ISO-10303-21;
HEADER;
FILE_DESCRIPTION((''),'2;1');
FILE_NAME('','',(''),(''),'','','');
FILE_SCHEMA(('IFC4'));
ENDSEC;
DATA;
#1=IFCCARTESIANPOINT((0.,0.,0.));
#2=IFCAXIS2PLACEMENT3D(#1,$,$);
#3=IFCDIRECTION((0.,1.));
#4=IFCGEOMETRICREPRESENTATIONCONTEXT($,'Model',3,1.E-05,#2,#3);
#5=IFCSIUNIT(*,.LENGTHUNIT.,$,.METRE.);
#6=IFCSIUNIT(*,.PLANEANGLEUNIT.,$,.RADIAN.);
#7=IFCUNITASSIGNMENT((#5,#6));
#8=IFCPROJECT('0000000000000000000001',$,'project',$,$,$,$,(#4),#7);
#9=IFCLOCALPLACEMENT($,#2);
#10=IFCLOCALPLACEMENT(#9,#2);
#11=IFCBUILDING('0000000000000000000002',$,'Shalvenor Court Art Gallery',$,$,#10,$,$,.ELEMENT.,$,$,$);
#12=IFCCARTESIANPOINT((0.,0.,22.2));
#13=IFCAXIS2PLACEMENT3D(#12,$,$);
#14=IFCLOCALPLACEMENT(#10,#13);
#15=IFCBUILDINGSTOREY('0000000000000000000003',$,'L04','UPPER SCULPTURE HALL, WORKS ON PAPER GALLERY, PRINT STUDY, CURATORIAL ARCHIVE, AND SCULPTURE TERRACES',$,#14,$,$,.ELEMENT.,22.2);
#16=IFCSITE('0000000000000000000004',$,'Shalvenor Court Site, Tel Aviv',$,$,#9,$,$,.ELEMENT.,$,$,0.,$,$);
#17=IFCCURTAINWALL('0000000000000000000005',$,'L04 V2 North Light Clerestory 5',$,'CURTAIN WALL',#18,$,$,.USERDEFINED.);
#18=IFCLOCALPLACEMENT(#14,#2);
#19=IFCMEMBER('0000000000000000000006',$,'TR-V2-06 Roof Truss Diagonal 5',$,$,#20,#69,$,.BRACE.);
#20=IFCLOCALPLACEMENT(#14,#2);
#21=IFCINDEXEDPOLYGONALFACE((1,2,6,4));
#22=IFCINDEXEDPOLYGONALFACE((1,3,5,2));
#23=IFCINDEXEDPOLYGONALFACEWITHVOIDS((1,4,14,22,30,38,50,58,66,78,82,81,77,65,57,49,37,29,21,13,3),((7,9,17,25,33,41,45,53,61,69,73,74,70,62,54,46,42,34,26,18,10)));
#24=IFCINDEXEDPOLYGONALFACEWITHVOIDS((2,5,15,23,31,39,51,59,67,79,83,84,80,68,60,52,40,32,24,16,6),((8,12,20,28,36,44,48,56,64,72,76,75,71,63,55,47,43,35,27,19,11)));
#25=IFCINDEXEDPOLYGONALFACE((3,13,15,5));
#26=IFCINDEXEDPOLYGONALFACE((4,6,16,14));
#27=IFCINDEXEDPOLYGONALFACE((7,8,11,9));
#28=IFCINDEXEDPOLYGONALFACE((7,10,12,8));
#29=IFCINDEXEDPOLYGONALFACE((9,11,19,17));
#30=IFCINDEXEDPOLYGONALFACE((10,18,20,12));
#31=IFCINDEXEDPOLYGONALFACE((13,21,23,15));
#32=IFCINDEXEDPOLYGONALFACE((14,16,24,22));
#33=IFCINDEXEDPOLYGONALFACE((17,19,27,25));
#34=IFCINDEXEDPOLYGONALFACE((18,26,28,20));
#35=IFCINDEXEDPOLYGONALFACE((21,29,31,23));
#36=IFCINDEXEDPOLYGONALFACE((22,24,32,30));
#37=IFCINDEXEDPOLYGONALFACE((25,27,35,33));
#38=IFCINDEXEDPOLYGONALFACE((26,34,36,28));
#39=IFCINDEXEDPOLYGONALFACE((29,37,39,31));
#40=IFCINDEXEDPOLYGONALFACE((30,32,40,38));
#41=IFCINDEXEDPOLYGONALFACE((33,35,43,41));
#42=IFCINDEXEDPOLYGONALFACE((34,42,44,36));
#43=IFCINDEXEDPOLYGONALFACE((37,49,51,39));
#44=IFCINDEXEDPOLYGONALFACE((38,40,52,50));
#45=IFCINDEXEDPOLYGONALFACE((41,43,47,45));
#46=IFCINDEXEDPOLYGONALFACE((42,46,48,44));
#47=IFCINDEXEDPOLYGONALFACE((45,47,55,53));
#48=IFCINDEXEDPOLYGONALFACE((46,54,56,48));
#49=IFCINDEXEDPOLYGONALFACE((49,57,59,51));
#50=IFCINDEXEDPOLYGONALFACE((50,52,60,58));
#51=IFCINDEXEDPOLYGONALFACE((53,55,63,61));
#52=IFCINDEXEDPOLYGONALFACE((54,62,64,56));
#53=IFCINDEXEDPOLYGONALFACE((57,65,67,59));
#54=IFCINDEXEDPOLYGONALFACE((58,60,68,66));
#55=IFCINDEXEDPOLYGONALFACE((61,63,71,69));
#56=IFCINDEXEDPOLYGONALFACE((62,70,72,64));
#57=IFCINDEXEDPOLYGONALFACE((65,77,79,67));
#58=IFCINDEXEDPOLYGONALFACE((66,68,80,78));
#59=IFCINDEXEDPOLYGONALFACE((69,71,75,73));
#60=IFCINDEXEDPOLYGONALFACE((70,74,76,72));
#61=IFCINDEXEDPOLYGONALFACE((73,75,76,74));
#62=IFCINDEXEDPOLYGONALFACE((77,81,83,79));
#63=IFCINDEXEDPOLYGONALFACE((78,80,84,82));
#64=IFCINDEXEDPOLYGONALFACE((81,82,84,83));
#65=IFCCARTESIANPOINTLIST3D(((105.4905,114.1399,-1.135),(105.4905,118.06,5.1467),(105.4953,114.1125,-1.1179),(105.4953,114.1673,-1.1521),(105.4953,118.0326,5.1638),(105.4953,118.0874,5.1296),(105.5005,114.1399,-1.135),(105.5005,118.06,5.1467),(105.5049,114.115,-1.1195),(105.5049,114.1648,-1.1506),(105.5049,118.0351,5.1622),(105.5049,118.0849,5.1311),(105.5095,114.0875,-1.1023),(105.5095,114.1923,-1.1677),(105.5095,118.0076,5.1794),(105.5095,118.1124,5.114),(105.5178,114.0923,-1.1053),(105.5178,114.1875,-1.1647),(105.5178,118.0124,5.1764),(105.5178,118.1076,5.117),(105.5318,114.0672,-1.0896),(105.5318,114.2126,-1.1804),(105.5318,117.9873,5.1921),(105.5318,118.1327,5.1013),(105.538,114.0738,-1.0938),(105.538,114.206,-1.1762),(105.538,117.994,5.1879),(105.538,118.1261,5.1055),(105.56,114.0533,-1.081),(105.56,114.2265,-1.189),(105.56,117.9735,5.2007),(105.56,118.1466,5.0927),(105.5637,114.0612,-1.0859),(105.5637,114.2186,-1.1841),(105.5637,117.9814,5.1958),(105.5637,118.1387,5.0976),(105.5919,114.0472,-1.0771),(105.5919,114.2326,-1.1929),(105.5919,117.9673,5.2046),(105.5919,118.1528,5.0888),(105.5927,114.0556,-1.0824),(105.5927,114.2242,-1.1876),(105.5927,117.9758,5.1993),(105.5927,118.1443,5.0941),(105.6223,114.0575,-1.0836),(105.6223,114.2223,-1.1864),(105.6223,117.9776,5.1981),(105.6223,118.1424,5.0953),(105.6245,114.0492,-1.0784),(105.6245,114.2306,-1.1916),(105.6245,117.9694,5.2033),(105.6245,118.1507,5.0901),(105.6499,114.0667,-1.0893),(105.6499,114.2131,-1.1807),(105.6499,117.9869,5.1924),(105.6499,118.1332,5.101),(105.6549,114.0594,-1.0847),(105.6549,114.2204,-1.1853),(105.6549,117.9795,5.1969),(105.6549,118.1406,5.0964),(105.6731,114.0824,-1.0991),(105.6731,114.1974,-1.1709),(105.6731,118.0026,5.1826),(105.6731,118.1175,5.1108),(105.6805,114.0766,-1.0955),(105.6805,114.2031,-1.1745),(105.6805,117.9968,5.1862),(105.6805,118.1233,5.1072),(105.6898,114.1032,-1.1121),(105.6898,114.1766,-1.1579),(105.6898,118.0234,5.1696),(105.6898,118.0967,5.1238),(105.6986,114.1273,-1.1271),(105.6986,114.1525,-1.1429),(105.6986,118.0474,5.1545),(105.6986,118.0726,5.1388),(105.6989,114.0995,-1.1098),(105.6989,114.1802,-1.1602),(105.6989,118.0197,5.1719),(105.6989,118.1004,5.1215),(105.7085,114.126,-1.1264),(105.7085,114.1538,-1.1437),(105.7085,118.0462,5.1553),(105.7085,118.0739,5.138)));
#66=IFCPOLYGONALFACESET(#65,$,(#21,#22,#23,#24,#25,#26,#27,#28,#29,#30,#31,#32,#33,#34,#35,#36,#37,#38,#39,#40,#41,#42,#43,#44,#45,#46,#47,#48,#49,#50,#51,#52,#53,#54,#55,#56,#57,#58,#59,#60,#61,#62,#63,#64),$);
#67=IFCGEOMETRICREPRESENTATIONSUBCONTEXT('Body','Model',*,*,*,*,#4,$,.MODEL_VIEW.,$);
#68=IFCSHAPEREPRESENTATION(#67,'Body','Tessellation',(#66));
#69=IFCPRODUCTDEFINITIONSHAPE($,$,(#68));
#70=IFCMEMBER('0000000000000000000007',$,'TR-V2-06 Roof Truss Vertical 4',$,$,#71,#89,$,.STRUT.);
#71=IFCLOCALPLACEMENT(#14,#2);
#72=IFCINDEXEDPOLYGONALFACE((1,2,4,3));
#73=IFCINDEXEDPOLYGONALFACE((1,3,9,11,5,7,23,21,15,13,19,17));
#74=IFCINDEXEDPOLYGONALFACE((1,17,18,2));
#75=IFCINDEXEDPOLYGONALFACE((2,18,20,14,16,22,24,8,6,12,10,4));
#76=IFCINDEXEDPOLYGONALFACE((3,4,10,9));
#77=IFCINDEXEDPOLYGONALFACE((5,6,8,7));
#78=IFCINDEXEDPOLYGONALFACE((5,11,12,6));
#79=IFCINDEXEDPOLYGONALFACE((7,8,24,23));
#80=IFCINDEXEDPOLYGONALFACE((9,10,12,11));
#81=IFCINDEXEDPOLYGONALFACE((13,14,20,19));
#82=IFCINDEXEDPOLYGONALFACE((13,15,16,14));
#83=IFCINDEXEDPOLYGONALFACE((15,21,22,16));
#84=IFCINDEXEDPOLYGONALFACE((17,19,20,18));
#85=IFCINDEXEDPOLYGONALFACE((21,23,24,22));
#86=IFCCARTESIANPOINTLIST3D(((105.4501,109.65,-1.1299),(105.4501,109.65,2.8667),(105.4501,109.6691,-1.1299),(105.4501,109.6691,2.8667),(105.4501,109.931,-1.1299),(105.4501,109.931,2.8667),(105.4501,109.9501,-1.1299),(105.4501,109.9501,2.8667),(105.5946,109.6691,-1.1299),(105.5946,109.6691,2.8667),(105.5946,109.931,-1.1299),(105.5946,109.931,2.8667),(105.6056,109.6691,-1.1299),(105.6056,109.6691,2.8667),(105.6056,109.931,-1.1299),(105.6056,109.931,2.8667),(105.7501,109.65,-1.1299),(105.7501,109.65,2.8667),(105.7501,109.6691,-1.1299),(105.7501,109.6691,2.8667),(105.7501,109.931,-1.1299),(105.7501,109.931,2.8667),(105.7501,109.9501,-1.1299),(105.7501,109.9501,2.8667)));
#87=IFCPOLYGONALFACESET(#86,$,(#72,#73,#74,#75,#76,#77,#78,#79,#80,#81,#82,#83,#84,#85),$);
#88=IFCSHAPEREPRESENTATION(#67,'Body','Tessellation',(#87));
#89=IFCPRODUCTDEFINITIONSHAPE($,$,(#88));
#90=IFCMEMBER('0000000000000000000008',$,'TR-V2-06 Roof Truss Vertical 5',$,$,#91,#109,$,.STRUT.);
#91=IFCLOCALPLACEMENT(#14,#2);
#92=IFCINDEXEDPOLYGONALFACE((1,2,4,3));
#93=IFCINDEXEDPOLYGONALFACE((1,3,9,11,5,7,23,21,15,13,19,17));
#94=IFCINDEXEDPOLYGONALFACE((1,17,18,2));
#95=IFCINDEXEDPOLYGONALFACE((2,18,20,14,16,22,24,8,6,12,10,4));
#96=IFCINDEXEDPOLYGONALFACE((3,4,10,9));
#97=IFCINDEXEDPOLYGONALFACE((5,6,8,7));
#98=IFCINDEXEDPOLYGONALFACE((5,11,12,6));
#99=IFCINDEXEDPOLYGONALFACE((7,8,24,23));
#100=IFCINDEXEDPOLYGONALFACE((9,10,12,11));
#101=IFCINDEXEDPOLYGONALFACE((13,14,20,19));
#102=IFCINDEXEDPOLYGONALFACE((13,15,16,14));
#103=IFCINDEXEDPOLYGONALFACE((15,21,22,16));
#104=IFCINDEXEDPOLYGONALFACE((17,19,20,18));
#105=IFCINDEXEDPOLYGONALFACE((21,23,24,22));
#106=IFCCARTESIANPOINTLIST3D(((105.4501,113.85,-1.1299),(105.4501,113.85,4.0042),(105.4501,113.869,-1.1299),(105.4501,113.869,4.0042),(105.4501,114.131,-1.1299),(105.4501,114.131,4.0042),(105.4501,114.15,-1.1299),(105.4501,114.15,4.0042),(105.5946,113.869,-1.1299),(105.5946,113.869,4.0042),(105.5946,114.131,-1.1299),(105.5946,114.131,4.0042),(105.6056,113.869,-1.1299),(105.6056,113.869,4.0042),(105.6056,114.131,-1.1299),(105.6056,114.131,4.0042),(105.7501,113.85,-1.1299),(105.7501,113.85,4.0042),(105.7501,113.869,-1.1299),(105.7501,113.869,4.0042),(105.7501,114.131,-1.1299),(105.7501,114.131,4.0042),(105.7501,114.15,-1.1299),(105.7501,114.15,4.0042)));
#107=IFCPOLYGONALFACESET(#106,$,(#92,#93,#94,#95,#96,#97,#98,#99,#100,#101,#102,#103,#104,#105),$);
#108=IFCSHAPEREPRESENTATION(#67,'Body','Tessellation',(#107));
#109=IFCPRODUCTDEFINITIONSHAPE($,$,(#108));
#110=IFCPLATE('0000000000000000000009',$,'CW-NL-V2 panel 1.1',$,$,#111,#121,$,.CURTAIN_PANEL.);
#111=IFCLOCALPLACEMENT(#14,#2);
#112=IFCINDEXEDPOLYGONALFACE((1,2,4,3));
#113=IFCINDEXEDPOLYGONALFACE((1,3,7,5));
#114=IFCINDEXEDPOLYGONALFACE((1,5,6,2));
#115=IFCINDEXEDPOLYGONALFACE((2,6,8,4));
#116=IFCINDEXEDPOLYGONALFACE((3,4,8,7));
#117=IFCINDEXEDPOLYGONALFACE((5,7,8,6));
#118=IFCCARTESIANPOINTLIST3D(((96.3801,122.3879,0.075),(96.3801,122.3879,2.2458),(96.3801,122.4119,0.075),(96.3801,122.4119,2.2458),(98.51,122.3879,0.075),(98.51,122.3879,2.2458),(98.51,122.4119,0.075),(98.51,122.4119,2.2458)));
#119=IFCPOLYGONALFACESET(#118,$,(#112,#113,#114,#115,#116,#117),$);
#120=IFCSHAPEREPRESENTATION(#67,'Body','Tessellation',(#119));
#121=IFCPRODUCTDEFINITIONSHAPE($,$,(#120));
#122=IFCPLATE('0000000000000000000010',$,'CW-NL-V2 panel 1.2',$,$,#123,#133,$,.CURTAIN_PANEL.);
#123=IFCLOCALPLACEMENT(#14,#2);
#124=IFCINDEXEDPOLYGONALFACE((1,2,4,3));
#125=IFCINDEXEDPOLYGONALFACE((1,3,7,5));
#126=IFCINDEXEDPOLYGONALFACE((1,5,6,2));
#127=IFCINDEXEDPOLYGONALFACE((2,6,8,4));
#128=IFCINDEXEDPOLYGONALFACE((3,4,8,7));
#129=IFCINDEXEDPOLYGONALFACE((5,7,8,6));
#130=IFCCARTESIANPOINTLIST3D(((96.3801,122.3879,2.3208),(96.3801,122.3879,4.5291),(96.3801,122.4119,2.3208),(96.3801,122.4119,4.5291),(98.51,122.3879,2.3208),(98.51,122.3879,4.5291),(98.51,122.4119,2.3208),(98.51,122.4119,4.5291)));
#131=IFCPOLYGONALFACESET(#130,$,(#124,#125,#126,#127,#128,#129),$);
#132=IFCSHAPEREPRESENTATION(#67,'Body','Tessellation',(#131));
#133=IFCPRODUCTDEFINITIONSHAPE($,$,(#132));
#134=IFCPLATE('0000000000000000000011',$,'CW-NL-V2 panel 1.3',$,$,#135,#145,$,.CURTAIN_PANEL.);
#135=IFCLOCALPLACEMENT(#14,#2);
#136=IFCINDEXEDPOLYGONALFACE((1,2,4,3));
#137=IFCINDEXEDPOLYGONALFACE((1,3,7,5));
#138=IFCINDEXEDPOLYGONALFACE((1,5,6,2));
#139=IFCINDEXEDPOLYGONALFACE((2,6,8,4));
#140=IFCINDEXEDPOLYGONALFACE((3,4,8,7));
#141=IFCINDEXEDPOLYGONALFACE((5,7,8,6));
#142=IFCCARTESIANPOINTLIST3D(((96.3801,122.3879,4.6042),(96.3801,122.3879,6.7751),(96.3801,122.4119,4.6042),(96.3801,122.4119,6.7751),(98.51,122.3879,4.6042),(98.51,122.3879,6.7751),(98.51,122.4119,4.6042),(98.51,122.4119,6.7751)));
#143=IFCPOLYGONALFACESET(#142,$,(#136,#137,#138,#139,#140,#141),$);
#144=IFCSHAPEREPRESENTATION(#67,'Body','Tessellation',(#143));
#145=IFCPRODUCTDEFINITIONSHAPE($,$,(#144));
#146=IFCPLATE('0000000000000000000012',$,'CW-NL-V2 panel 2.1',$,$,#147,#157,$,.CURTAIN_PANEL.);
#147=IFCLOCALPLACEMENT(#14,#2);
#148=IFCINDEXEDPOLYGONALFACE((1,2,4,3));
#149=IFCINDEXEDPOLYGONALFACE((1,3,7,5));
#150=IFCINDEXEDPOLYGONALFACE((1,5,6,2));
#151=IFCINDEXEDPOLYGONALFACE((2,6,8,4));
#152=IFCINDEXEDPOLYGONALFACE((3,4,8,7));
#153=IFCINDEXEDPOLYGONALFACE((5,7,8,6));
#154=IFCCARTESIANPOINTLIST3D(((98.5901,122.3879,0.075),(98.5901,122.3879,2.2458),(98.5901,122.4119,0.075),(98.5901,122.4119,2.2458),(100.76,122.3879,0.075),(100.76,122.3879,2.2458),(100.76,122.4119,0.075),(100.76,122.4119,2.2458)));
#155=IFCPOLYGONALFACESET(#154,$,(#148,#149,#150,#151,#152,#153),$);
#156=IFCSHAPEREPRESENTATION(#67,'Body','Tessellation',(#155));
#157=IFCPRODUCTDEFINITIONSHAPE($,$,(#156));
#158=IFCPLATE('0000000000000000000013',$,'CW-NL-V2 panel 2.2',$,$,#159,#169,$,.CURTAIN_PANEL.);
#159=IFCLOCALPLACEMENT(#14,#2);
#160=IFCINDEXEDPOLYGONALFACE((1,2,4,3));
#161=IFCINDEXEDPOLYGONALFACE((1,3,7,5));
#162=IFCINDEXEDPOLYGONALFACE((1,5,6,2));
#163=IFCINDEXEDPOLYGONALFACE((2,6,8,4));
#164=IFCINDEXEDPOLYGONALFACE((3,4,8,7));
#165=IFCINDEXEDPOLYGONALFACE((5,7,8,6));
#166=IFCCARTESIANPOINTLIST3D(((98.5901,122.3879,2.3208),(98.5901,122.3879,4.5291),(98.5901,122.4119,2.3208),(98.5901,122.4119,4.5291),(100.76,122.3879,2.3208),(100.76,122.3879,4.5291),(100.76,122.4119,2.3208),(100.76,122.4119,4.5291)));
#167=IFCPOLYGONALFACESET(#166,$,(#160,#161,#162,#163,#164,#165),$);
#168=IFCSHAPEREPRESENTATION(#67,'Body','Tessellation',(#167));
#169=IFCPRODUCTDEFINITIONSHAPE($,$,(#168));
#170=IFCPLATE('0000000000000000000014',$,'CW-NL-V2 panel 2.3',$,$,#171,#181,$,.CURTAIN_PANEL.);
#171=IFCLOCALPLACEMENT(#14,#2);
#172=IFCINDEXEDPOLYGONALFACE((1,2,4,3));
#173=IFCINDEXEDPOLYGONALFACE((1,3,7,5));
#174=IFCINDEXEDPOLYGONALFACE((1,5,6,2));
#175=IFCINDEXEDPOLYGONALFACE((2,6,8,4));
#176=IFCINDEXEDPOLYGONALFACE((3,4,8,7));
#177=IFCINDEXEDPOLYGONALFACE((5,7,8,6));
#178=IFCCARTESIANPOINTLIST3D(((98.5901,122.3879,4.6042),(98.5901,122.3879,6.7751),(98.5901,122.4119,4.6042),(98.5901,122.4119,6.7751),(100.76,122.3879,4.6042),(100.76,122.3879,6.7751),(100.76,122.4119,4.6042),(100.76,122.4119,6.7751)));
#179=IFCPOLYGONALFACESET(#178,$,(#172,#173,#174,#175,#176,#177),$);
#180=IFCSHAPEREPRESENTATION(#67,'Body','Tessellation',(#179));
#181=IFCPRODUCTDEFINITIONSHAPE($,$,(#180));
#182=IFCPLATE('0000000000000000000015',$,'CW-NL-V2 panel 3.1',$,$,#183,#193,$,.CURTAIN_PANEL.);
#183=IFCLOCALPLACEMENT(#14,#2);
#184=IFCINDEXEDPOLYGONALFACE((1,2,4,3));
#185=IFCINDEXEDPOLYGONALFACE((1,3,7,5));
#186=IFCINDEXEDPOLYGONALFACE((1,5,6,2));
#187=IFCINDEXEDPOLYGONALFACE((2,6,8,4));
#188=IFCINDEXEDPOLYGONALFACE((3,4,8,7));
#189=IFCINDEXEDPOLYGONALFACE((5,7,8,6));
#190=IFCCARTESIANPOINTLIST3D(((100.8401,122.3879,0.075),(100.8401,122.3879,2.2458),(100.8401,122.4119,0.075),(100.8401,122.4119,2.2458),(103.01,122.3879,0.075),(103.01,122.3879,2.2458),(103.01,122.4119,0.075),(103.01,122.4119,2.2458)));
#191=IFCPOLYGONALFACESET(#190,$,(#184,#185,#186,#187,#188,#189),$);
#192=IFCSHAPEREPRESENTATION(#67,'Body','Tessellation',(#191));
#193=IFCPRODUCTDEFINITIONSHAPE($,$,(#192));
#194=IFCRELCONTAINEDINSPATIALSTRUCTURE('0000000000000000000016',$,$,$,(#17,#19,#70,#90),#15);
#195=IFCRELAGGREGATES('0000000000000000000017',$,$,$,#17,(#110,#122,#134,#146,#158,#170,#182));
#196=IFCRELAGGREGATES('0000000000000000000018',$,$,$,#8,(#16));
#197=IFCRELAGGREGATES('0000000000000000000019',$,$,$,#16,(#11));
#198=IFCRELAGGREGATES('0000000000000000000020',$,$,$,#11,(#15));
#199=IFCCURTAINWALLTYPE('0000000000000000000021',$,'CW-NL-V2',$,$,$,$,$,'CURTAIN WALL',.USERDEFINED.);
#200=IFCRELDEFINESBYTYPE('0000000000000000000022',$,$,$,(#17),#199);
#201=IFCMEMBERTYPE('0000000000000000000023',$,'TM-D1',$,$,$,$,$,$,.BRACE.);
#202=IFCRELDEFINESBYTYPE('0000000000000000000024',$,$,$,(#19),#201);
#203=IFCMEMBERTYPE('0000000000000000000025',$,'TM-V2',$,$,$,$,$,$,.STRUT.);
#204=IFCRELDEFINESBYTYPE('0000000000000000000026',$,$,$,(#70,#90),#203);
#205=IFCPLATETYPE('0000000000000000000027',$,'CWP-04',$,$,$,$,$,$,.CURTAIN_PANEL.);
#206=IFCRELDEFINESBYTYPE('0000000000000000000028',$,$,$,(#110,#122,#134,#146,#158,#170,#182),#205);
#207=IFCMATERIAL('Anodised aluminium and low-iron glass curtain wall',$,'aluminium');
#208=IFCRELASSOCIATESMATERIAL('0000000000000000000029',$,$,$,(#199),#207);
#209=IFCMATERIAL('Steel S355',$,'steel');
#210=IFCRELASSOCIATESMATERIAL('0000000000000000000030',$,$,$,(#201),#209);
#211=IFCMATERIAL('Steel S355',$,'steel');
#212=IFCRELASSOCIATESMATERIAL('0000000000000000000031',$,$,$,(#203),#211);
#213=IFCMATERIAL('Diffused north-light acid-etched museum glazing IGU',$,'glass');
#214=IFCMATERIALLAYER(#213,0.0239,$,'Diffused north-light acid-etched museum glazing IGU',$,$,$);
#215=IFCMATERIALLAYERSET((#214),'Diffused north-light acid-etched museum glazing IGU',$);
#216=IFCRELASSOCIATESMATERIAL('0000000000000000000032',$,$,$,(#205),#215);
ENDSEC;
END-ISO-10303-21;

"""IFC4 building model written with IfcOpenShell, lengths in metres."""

from ifc_helpers import new_model, si_unit, direction, frame, origin, origin_2d, place, context, subcontext, project, spatial, rectangle, hollow_circle, i_section, extrude, material, layer, layer_set, material_profile, profile_set, type_object, element, aggregate, save


model = new_model("IFC4")

# Units and contexts
model_context = context("Model", 3, precision=1e-05, world=origin(), true_north=direction((0.0, 1.0)))
body_context = subcontext(model_context, "Body", "Model", "MODEL_VIEW")
ifc_project = project(units=[si_unit("LENGTHUNIT", "METRE"), si_unit("PLANEANGLEUNIT", "RADIAN")], contexts=[model_context])

# Site, building, storey
site_placement = place(None, origin())
site = spatial("IfcSite", under=ifc_project, at=site_placement, Name="Shalvenor Court Site, Tel Aviv", CompositionType="ELEMENT", RefElevation=0.0)
building_placement = place(site_placement, origin())
building = spatial("IfcBuilding", under=site, at=building_placement, Name="Shalvenor Court Art Gallery", CompositionType="ELEMENT")
storey_placement = place(building_placement, frame((0.0, 0.0, 22.2)))
storey = spatial("IfcBuildingStorey", under=building, at=storey_placement, Name="L04", Description="UPPER SCULPTURE HALL, WORKS ON PAPER GALLERY, PRINT STUDY, CURATORIAL ARCHIVE, AND SCULPTURE TERRACES", CompositionType="ELEMENT", Elevation=22.2)

# Curtain wall
ifc_material_1 = material(Name="Anodised aluminium and low-iron glass curtain wall", Category="aluminium")
curtain_wall_type = type_object("IfcCurtainWallType", Name="CW-NL-V2", ElementType="CURTAIN WALL", PredefinedType="USERDEFINED", material=ifc_material_1)
curtain_wall_placement = place(storey_placement, origin())
curtain_wall = element("IfcCurtainWall", 1, at=curtain_wall_placement, inside=storey, type_object=curtain_wall_type, Name="L04 V2 North Light Clerestory 5", ObjectType="CURTAIN WALL", PredefinedType="USERDEFINED")

# Members
ifc_material_2 = material(Name="Steel S355", Category="steel")
ifc_material_profile_1 = material_profile(ifc_material_2, hollow_circle(Radius=0.1096, WallThickness=0.01, at=origin_2d()), Name="CHS 219.1x10.0")
ifc_profile_set_1 = profile_set([ifc_material_profile_1], Name="Steel S355")
member_type_1 = type_object("IfcMemberType", Name="TM-D1", PredefinedType="BRACE", material=ifc_profile_set_1)
member_1_placement = place(storey_placement, frame((105.6001, 114.1399, -1.135), z_axis=(0.0, 0.529424, 0.848357), x_axis=(-1.0, 0.0, 0.0)))
element("IfcMember", 2, at=member_1_placement, inside=storey, type_object=member_type_1, Name="TR-V2-06 Roof Truss Diagonal 5", PredefinedType="BRACE", context=body_context, shape_type="SweptSolid", body=[
    extrude(hollow_circle(Radius=0.1096, WallThickness=0.01, at=origin_2d()), origin(), (0.0, 0.0, 1.0), 7.4045),
])
ifc_material_3 = material(Name="Steel S355", Category="steel")
ifc_material_profile_2 = material_profile(ifc_material_3, i_section(OverallWidth=0.3, OverallDepth=0.3, WebThickness=0.011, FlangeThickness=0.019, at=origin_2d()), Name="HEB 300")
ifc_profile_set_2 = profile_set([ifc_material_profile_2], Name="Steel S355")
member_type_2 = type_object("IfcMemberType", Name="TM-V2", PredefinedType="STRUT", material=ifc_profile_set_2)
member_2_placement = place(storey_placement, frame((105.6001, 109.8, -1.1299), z_axis=(0.0, 0.0, 1.0), x_axis=(1.0, 0.0, 0.0)))
element("IfcMember", 3, at=member_2_placement, inside=storey, type_object=member_type_2, Name="TR-V2-06 Roof Truss Vertical 4", PredefinedType="STRUT", context=body_context, shape_type="SweptSolid", body=[
    extrude(i_section(OverallWidth=0.3, OverallDepth=0.3, WebThickness=0.011, FlangeThickness=0.019, at=origin_2d()), origin(), (0.0, 0.0, 1.0), 3.9966),
])
member_3_placement = place(storey_placement, frame((105.6001, 114.0, -1.1299), z_axis=(0.0, 0.0, 1.0), x_axis=(1.0, 0.0, 0.0)))
element("IfcMember", 4, at=member_3_placement, inside=storey, type_object=member_type_2, Name="TR-V2-06 Roof Truss Vertical 5", PredefinedType="STRUT", context=body_context, shape_type="SweptSolid", body=[
    extrude(i_section(OverallWidth=0.3, OverallDepth=0.3, WebThickness=0.011, FlangeThickness=0.019, at=origin_2d()), origin(), (0.0, 0.0, 1.0), 5.134),
])

# Plates
ifc_material_4 = material(Name="Diffused north-light acid-etched museum glazing IGU", Category="glass")
ifc_layer_1 = layer(ifc_material_4, 0.0239, Name="Diffused north-light acid-etched museum glazing IGU")
ifc_layer_set_1 = layer_set([ifc_layer_1], Name="Diffused north-light acid-etched museum glazing IGU")
plate_type_1 = type_object("IfcPlateType", Name="CWP-04", PredefinedType="CURTAIN_PANEL", material=ifc_layer_set_1)
plate_1_placement = place(storey_placement, frame((97.4451, 122.3999, 0.075), z_axis=(0.0, 0.0, 1.0), x_axis=(1.0, 0.0, 0.0)))
plate_1 = element("IfcPlate", 5, at=plate_1_placement, type_object=plate_type_1, Name="CW-NL-V2 panel 1.1", PredefinedType="CURTAIN_PANEL", context=body_context, shape_type="SweptSolid", body=[
    extrude(rectangle(XDim=2.1299, YDim=0.0239, at=origin_2d()), origin(), (0.0, 0.0, 1.0), 2.1709),
])
plate_2_placement = place(storey_placement, frame((97.4451, 122.3999, 2.3208), z_axis=(0.0, 0.0, 1.0), x_axis=(1.0, 0.0, 0.0)))
plate_2 = element("IfcPlate", 6, at=plate_2_placement, type_object=plate_type_1, Name="CW-NL-V2 panel 1.2", PredefinedType="CURTAIN_PANEL", context=body_context, shape_type="SweptSolid", body=[
    extrude(rectangle(XDim=2.1299, YDim=0.0239, at=origin_2d()), origin(), (0.0, 0.0, 1.0), 2.2083),
])
plate_3_placement = place(storey_placement, frame((97.4451, 122.3999, 4.6042), z_axis=(0.0, 0.0, 1.0), x_axis=(1.0, 0.0, 0.0)))
plate_3 = element("IfcPlate", 7, at=plate_3_placement, type_object=plate_type_1, Name="CW-NL-V2 panel 1.3", PredefinedType="CURTAIN_PANEL", context=body_context, shape_type="SweptSolid", body=[
    extrude(rectangle(XDim=2.1299, YDim=0.0239, at=origin_2d()), origin(), (0.0, 0.0, 1.0), 2.1709),
])
plate_4_placement = place(storey_placement, frame((99.675, 122.3999, 0.075), z_axis=(0.0, 0.0, 1.0), x_axis=(1.0, 0.0, 0.0)))
plate_4 = element("IfcPlate", 8, at=plate_4_placement, type_object=plate_type_1, Name="CW-NL-V2 panel 2.1", PredefinedType="CURTAIN_PANEL", context=body_context, shape_type="SweptSolid", body=[
    extrude(rectangle(XDim=2.1699, YDim=0.0239, at=origin_2d()), origin(), (0.0, 0.0, 1.0), 2.1709),
])
plate_5_placement = place(storey_placement, frame((99.675, 122.3999, 2.3208), z_axis=(0.0, 0.0, 1.0), x_axis=(1.0, 0.0, 0.0)))
plate_5 = element("IfcPlate", 9, at=plate_5_placement, type_object=plate_type_1, Name="CW-NL-V2 panel 2.2", PredefinedType="CURTAIN_PANEL", context=body_context, shape_type="SweptSolid", body=[
    extrude(rectangle(XDim=2.1699, YDim=0.0239, at=origin_2d()), origin(), (0.0, 0.0, 1.0), 2.2083),
])
plate_6_placement = place(storey_placement, frame((99.675, 122.3999, 4.6042), z_axis=(0.0, 0.0, 1.0), x_axis=(1.0, 0.0, 0.0)))
plate_6 = element("IfcPlate", 10, at=plate_6_placement, type_object=plate_type_1, Name="CW-NL-V2 panel 2.3", PredefinedType="CURTAIN_PANEL", context=body_context, shape_type="SweptSolid", body=[
    extrude(rectangle(XDim=2.1699, YDim=0.0239, at=origin_2d()), origin(), (0.0, 0.0, 1.0), 2.1709),
])
plate_7_placement = place(storey_placement, frame((101.925, 122.3999, 0.075), z_axis=(0.0, 0.0, 1.0), x_axis=(1.0, 0.0, 0.0)))
plate_7 = element("IfcPlate", 11, at=plate_7_placement, type_object=plate_type_1, Name="CW-NL-V2 panel 3.1", PredefinedType="CURTAIN_PANEL", context=body_context, shape_type="SweptSolid", body=[
    extrude(rectangle(XDim=2.1699, YDim=0.0239, at=origin_2d()), origin(), (0.0, 0.0, 1.0), 2.1709),
])
aggregate(curtain_wall, [plate_1, plate_2, plate_3, plate_4, plate_5, plate_6, plate_7])

save(model, "model.ifc")
